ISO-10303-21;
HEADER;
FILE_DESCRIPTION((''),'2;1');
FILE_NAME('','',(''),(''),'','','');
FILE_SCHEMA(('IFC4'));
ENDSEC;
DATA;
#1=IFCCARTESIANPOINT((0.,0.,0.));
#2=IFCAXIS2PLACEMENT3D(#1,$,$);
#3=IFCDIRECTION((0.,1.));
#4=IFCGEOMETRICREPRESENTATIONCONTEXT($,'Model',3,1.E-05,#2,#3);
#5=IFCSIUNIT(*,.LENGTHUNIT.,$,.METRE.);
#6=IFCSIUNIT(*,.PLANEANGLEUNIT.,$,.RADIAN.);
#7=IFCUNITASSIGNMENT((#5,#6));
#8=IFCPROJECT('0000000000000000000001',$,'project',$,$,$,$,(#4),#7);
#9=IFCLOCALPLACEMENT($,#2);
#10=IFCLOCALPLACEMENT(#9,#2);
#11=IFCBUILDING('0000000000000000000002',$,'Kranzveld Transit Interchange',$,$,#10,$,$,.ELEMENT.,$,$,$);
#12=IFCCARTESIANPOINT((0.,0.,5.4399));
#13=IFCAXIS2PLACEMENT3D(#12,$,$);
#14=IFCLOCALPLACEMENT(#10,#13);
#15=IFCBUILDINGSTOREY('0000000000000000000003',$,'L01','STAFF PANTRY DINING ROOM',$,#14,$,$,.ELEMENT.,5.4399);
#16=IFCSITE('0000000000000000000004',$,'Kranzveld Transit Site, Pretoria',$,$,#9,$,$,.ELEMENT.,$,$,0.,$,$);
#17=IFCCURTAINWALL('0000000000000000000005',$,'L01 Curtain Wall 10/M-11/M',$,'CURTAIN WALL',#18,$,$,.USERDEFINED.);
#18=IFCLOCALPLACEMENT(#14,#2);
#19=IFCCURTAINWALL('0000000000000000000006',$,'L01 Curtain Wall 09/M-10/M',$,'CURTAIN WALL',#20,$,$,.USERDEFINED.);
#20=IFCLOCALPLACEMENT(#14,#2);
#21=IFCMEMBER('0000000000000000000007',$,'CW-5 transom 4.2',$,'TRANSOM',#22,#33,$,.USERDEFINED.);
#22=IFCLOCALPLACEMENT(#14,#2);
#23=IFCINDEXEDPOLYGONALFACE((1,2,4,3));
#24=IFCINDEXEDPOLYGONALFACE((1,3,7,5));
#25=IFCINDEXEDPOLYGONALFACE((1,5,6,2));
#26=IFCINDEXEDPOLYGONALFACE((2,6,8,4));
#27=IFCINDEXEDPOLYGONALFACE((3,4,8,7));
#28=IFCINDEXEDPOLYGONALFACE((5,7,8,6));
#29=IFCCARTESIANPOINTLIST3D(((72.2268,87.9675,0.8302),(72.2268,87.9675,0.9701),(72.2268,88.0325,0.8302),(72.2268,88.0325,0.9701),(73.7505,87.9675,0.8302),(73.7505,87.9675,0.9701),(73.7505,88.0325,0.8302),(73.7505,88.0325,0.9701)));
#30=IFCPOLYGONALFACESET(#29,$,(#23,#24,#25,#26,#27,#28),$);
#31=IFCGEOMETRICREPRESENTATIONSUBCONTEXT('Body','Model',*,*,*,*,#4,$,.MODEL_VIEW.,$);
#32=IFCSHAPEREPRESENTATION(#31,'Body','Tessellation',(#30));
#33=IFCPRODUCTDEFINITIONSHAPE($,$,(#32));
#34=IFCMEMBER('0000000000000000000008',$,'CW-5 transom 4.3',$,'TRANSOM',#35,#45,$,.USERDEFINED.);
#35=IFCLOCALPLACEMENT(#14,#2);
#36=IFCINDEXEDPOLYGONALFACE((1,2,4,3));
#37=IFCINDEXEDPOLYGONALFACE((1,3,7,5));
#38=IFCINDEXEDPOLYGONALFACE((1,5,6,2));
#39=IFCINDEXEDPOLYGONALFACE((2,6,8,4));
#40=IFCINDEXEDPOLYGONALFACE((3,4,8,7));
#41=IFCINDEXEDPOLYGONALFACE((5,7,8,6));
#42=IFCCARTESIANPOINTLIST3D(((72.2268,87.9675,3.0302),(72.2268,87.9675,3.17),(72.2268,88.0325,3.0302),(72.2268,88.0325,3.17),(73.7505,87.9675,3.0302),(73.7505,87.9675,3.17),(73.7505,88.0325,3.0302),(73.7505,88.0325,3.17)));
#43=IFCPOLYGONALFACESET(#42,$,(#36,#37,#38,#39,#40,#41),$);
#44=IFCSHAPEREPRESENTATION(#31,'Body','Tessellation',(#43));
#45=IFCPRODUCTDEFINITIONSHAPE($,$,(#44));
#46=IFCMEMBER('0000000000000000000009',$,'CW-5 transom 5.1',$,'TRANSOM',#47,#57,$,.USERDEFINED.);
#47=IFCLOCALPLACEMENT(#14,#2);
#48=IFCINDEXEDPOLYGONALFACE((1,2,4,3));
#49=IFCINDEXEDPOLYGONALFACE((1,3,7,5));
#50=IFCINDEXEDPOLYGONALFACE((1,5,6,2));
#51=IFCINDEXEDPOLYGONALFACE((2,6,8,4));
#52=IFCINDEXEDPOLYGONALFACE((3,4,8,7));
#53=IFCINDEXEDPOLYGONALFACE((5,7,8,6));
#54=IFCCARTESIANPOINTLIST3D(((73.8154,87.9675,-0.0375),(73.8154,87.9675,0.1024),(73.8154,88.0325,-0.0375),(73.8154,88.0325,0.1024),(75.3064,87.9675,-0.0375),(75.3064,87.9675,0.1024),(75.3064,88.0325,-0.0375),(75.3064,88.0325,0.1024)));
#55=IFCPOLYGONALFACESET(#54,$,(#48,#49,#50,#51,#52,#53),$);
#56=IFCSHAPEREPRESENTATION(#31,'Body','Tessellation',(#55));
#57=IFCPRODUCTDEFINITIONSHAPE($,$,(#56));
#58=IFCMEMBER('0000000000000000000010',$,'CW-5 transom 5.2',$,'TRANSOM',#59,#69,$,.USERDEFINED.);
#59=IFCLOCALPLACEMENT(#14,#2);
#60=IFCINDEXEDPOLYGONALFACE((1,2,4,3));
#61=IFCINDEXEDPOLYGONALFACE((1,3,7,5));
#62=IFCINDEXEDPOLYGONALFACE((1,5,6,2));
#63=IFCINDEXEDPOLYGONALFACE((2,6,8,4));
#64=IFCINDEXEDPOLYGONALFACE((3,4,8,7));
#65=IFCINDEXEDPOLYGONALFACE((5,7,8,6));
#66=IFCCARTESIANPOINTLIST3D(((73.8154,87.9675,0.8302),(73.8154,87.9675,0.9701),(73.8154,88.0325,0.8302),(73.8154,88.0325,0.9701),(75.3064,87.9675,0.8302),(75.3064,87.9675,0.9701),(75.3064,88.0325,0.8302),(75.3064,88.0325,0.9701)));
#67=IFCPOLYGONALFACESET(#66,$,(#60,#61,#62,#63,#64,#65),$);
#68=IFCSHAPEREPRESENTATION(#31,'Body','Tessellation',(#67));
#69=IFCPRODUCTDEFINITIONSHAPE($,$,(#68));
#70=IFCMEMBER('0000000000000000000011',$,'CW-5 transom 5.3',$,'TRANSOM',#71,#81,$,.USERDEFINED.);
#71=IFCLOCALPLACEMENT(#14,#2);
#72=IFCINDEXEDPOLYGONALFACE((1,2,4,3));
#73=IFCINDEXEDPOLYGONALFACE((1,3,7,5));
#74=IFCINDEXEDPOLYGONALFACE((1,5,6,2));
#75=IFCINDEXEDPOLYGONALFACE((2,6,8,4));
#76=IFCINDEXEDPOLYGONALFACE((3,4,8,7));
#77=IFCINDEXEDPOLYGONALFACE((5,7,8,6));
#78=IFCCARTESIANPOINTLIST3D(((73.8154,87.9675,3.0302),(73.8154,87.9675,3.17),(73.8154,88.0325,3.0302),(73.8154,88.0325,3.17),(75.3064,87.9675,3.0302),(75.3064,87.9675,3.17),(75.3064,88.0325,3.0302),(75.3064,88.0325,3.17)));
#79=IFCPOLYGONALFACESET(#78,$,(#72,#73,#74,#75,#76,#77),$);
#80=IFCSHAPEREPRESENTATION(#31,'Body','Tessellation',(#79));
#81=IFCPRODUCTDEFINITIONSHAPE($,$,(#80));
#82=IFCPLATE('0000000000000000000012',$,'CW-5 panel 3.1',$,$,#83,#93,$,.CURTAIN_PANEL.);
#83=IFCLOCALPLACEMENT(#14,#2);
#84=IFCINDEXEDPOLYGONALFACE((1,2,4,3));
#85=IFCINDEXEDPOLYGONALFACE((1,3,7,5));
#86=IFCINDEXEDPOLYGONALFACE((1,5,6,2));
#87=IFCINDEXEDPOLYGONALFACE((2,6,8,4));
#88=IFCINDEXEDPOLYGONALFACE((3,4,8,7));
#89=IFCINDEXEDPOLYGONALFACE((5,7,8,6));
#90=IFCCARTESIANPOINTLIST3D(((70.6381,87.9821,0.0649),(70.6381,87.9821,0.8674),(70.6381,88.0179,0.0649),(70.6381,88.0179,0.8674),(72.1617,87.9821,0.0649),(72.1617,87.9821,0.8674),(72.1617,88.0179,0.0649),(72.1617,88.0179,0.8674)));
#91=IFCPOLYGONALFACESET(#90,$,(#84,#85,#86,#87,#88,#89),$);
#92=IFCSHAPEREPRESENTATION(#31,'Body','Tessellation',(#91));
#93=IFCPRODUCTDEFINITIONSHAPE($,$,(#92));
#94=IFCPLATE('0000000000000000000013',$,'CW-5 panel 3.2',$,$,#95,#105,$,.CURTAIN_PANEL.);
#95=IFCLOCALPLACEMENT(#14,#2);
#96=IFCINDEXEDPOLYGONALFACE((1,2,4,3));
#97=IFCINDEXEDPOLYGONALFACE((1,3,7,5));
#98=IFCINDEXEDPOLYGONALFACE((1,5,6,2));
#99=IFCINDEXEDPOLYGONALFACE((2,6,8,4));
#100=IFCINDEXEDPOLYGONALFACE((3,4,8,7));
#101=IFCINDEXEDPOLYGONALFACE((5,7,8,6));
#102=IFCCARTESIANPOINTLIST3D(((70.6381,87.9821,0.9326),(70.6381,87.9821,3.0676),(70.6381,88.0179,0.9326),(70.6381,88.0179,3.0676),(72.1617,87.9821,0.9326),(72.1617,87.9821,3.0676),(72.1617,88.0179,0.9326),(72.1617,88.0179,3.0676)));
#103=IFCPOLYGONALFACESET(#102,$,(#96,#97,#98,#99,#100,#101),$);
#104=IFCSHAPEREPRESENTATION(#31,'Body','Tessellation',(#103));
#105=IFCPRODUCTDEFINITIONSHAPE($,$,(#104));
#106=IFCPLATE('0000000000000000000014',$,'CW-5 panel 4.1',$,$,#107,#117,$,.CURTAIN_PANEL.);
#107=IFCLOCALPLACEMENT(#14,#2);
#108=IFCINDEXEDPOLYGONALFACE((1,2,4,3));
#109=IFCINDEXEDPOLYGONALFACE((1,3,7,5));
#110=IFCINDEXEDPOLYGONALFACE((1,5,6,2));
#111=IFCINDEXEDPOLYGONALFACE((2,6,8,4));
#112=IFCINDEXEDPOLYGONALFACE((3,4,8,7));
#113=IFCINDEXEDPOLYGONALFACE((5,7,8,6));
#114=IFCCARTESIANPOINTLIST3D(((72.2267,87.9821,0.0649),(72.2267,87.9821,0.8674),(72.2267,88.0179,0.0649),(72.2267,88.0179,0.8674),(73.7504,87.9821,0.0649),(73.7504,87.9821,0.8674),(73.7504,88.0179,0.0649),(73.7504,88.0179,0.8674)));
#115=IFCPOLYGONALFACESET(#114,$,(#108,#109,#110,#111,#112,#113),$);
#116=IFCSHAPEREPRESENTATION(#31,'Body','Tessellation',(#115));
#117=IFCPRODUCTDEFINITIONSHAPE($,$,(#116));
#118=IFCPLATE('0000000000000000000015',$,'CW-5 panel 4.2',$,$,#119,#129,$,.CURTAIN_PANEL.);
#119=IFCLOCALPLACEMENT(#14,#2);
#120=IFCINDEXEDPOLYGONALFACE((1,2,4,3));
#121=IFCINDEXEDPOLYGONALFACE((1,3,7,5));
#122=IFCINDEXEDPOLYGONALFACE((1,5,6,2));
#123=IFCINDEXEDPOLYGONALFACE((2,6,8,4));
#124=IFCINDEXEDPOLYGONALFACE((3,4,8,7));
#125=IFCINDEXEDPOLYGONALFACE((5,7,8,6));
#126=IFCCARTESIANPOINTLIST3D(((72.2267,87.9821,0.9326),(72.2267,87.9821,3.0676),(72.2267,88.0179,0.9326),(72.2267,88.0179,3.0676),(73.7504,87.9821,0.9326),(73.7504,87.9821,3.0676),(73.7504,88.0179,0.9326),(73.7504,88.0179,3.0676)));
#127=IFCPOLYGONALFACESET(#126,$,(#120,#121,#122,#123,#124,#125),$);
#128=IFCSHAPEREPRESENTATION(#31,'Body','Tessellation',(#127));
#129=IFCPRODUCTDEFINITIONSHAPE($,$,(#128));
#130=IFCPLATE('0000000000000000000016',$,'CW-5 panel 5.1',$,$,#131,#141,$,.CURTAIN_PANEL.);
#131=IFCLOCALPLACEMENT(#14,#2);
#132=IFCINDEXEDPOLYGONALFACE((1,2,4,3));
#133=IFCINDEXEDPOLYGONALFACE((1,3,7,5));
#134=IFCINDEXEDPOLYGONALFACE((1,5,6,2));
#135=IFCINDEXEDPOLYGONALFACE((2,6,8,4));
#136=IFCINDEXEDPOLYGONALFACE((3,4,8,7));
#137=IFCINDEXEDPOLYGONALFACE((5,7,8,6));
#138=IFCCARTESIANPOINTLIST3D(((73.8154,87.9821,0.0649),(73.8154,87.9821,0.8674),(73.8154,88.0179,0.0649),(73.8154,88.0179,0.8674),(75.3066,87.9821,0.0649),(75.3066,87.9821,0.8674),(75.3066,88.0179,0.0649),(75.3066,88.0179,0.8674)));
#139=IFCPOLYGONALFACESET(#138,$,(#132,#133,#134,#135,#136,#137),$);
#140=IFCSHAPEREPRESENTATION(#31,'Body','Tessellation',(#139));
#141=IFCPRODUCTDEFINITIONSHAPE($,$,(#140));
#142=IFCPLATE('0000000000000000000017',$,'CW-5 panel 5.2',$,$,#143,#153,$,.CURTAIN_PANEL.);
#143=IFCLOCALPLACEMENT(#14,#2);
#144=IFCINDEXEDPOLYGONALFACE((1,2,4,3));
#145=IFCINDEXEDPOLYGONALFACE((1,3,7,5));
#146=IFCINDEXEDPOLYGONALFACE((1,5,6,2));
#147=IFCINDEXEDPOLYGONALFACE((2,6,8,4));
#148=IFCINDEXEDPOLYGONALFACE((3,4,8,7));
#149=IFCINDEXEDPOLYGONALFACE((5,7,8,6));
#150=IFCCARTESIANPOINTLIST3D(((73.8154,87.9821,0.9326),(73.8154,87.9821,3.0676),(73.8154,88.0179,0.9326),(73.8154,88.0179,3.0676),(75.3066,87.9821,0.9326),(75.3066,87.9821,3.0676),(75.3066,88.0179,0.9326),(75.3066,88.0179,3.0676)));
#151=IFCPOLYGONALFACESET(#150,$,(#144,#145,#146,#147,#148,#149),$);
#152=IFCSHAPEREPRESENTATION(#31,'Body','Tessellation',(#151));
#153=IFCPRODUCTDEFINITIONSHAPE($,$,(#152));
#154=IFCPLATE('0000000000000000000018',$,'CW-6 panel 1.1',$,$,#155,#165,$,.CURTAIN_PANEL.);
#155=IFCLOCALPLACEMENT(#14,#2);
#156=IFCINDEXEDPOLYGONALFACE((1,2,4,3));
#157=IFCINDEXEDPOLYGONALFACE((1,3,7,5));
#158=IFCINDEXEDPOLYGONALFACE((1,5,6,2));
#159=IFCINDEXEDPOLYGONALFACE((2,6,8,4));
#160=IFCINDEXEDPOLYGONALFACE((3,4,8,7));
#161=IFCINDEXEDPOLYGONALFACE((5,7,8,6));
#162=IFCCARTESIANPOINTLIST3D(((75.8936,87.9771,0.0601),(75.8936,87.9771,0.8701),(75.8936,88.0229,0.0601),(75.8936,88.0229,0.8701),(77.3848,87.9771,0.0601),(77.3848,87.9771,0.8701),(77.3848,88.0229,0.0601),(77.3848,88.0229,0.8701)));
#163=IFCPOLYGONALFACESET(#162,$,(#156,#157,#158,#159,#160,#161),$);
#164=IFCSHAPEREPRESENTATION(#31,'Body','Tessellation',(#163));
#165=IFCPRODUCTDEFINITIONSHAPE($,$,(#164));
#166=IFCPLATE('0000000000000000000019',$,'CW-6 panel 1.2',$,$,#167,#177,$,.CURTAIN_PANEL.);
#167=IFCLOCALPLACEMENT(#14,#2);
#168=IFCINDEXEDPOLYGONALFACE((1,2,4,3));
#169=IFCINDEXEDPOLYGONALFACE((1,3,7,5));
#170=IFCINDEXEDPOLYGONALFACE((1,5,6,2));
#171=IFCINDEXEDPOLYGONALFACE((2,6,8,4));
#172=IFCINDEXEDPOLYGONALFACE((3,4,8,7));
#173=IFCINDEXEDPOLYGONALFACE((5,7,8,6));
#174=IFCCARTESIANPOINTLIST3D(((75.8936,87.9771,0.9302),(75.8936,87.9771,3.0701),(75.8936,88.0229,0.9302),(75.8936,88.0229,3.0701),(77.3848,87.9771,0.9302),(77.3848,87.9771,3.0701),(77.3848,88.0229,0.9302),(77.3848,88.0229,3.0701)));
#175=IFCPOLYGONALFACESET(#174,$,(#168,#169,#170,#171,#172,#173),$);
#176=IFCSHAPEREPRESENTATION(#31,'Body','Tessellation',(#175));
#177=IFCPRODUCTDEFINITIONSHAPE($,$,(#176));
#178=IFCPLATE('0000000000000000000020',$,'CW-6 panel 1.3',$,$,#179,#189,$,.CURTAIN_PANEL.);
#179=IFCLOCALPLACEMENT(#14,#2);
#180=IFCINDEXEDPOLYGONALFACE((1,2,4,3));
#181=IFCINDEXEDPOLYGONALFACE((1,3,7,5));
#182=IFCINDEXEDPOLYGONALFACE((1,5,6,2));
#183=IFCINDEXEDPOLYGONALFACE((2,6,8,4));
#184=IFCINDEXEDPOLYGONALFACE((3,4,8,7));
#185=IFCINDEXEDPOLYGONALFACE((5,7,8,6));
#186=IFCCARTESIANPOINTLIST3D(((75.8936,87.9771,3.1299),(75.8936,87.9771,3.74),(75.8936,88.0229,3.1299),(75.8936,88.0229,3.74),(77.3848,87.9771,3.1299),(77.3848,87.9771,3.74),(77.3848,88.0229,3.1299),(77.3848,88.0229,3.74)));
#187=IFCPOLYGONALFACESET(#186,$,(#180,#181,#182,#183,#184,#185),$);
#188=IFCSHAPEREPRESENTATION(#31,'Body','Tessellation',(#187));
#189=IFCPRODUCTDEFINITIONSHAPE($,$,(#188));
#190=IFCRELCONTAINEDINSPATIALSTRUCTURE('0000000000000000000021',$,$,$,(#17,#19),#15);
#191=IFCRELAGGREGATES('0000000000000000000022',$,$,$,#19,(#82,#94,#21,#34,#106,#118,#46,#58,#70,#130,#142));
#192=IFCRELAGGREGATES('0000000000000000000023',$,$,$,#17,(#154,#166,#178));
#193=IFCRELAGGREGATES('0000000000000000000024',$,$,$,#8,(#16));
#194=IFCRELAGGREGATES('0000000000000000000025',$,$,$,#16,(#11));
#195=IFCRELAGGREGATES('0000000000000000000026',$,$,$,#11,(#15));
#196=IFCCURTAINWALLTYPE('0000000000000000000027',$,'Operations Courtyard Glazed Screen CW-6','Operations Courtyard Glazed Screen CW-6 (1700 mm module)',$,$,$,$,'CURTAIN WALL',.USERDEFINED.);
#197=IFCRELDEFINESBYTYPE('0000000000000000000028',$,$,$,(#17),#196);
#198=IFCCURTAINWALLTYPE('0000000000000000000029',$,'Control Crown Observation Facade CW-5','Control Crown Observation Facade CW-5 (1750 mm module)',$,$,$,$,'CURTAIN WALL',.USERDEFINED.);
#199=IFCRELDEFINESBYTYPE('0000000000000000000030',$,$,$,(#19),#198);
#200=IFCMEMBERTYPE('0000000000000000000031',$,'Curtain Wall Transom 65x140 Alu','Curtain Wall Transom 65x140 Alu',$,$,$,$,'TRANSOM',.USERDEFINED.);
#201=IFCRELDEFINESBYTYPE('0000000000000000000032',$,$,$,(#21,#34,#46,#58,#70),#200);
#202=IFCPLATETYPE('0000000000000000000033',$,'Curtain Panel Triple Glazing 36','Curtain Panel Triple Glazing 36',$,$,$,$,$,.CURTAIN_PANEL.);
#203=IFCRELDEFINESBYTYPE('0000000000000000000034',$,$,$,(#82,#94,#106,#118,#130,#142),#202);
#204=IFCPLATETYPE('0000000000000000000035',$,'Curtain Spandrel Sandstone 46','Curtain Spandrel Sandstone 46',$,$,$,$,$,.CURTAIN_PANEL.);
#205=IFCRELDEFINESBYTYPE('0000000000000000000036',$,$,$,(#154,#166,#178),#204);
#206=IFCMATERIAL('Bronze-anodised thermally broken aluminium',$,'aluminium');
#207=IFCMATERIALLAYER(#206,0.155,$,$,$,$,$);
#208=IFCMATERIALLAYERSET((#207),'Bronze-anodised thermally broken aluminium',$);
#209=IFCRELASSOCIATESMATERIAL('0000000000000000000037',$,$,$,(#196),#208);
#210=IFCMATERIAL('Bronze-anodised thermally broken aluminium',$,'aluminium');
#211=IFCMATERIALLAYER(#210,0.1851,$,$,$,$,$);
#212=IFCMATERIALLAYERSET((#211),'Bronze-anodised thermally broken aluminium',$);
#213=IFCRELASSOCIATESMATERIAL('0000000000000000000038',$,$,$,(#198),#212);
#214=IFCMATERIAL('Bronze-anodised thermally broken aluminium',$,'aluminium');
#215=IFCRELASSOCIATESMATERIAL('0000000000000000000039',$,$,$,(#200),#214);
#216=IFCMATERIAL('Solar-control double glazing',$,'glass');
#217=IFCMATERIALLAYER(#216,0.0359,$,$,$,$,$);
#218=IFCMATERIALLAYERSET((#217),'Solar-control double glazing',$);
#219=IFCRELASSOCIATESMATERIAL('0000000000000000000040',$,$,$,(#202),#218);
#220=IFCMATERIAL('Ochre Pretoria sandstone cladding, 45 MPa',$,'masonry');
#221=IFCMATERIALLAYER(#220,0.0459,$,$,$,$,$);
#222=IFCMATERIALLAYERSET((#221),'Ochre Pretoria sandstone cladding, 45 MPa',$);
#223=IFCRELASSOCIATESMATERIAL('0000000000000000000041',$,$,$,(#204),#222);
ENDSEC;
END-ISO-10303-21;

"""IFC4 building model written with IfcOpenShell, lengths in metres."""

from ifc_helpers import new_model, si_unit, direction, frame, origin, origin_2d, place, context, subcontext, project, spatial, rectangle, extrude, material, layer, layer_set, material_profile, profile_set, type_object, element, aggregate, save


model = new_model("IFC4")

# Units and contexts
model_context = context("Model", 3, precision=1e-05, world=origin(), true_north=direction((0.0, 1.0)))
body_context = subcontext(model_context, "Body", "Model", "MODEL_VIEW")
ifc_project = project(units=[si_unit("LENGTHUNIT", "METRE"), si_unit("PLANEANGLEUNIT", "RADIAN")], contexts=[model_context])

# Site, building, storey
site_placement = place(None, origin())
site = spatial("IfcSite", under=ifc_project, at=site_placement, Name="Kranzveld Transit Site, Pretoria", CompositionType="ELEMENT", RefElevation=0.0)
building_placement = place(site_placement, origin())
building = spatial("IfcBuilding", under=site, at=building_placement, Name="Kranzveld Transit Interchange", CompositionType="ELEMENT")
storey_placement = place(building_placement, frame((0.0, 0.0, 5.4399)))
storey = spatial("IfcBuildingStorey", under=building, at=storey_placement, Name="L01", Description="STAFF PANTRY DINING ROOM", CompositionType="ELEMENT", Elevation=5.4399)

# Curtain walls
ifc_material_1 = material(Name="Bronze-anodised thermally broken aluminium", Category="aluminium")
ifc_layer_1 = layer(ifc_material_1, 0.155)
ifc_layer_set_1 = layer_set([ifc_layer_1], Name="Bronze-anodised thermally broken aluminium")
curtain_wall_type_1 = type_object("IfcCurtainWallType", Name="Operations Courtyard Glazed Screen CW-6", Description="Operations Courtyard Glazed Screen CW-6 (1700 mm module)", ElementType="CURTAIN WALL", PredefinedType="USERDEFINED", material=ifc_layer_set_1)
curtain_wall_1_placement = place(storey_placement, origin())
curtain_wall_1 = element("IfcCurtainWall", 1, at=curtain_wall_1_placement, inside=storey, type_object=curtain_wall_type_1, Name="L01 Curtain Wall 10/M-11/M", ObjectType="CURTAIN WALL", PredefinedType="USERDEFINED")
ifc_material_2 = material(Name="Bronze-anodised thermally broken aluminium", Category="aluminium")
ifc_layer_2 = layer(ifc_material_2, 0.1851)
ifc_layer_set_2 = layer_set([ifc_layer_2], Name="Bronze-anodised thermally broken aluminium")
curtain_wall_type_2 = type_object("IfcCurtainWallType", Name="Control Crown Observation Facade CW-5", Description="Control Crown Observation Facade CW-5 (1750 mm module)", ElementType="CURTAIN WALL", PredefinedType="USERDEFINED", material=ifc_layer_set_2)
curtain_wall_2_placement = place(storey_placement, origin())
curtain_wall_2 = element("IfcCurtainWall", 2, at=curtain_wall_2_placement, inside=storey, type_object=curtain_wall_type_2, Name="L01 Curtain Wall 09/M-10/M", ObjectType="CURTAIN WALL", PredefinedType="USERDEFINED")

# Members
ifc_material_3 = material(Name="Bronze-anodised thermally broken aluminium", Category="aluminium")
ifc_material_profile_1 = material_profile(ifc_material_3, rectangle(XDim=0.0649, YDim=0.1399, at=origin_2d()), Name="ALU TRANSOM 65x140")
ifc_profile_set_1 = profile_set([ifc_material_profile_1], Name="Bronze-anodised thermally broken aluminium")
member_type_1 = type_object("IfcMemberType", Name="Curtain Wall Transom 65x140 Alu", Description="Curtain Wall Transom 65x140 Alu", ElementType="TRANSOM", PredefinedType="USERDEFINED", material=ifc_profile_set_1)
member_1_placement = place(storey_placement, frame((72.2268, 88.0, 0.9001), z_axis=(1.0, 0.0, 0.0), x_axis=(0.0, 1.0, 0.0)))
member_1 = element("IfcMember", 3, at=member_1_placement, type_object=member_type_1, Name="CW-5 transom 4.2", ObjectType="TRANSOM", PredefinedType="USERDEFINED", context=body_context, shape_type="SweptSolid", body=[
    extrude(rectangle(XDim=0.0649, YDim=0.1399, at=origin_2d()), origin(), (0.0, 0.0, 1.0), 1.5237),
])
member_2_placement = place(storey_placement, frame((72.2268, 88.0, 3.1001), z_axis=(1.0, 0.0, 0.0), x_axis=(0.0, 1.0, 0.0)))
member_2 = element("IfcMember", 4, at=member_2_placement, type_object=member_type_1, Name="CW-5 transom 4.3", ObjectType="TRANSOM", PredefinedType="USERDEFINED", context=body_context, shape_type="SweptSolid", body=[
    extrude(rectangle(XDim=0.0649, YDim=0.1399, at=origin_2d()), origin(), (0.0, 0.0, 1.0), 1.5237),
])
member_3_placement = place(storey_placement, frame((73.8154, 88.0, 0.0325), z_axis=(1.0, 0.0, 0.0), x_axis=(0.0, 1.0, 0.0)))
member_3 = element("IfcMember", 5, at=member_3_placement, type_object=member_type_1, Name="CW-5 transom 5.1", ObjectType="TRANSOM", PredefinedType="USERDEFINED", context=body_context, shape_type="SweptSolid", body=[
    extrude(rectangle(XDim=0.0649, YDim=0.1399, at=origin_2d()), origin(), (0.0, 0.0, 1.0), 1.491),
])
member_4_placement = place(storey_placement, frame((73.8154, 88.0, 0.9001), z_axis=(1.0, 0.0, 0.0), x_axis=(0.0, 1.0, 0.0)))
member_4 = element("IfcMember", 6, at=member_4_placement, type_object=member_type_1, Name="CW-5 transom 5.2", ObjectType="TRANSOM", PredefinedType="USERDEFINED", context=body_context, shape_type="SweptSolid", body=[
    extrude(rectangle(XDim=0.0649, YDim=0.1399, at=origin_2d()), origin(), (0.0, 0.0, 1.0), 1.491),
])
member_5_placement = place(storey_placement, frame((73.8154, 88.0, 3.1001), z_axis=(1.0, 0.0, 0.0), x_axis=(0.0, 1.0, 0.0)))
member_5 = element("IfcMember", 7, at=member_5_placement, type_object=member_type_1, Name="CW-5 transom 5.3", ObjectType="TRANSOM", PredefinedType="USERDEFINED", context=body_context, shape_type="SweptSolid", body=[
    extrude(rectangle(XDim=0.0649, YDim=0.1399, at=origin_2d()), origin(), (0.0, 0.0, 1.0), 1.491),
])

# Plates
ifc_material_4 = material(Name="Solar-control double glazing", Category="glass")
ifc_layer_3 = layer(ifc_material_4, 0.0359)
ifc_layer_set_3 = layer_set([ifc_layer_3], Name="Solar-control double glazing")
plate_type_1 = type_object("IfcPlateType", Name="Curtain Panel Triple Glazing 36", Description="Curtain Panel Triple Glazing 36", PredefinedType="CURTAIN_PANEL", material=ifc_layer_set_3)
plate_1_placement = place(storey_placement, frame((71.3999, 88.0, 0.0649), z_axis=(0.0, 0.0, 1.0), x_axis=(1.0, 0.0, 0.0)))
plate_1 = element("IfcPlate", 8, at=plate_1_placement, type_object=plate_type_1, Name="CW-5 panel 3.1", PredefinedType="CURTAIN_PANEL", context=body_context, shape_type="SweptSolid", body=[
    extrude(rectangle(XDim=1.5237, YDim=0.0359, at=origin_2d()), origin(), (0.0, 0.0, 1.0), 0.8025),
])
plate_2_placement = place(storey_placement, frame((71.3999, 88.0, 0.9326), z_axis=(0.0, 0.0, 1.0), x_axis=(1.0, 0.0, 0.0)))
plate_2 = element("IfcPlate", 9, at=plate_2_placement, type_object=plate_type_1, Name="CW-5 panel 3.2", PredefinedType="CURTAIN_PANEL", context=body_context, shape_type="SweptSolid", body=[
    extrude(rectangle(XDim=1.5237, YDim=0.0359, at=origin_2d()), origin(), (0.0, 0.0, 1.0), 2.135),
])
plate_3_placement = place(storey_placement, frame((72.9885, 88.0, 0.0649), z_axis=(0.0, 0.0, 1.0), x_axis=(1.0, 0.0, 0.0)))
plate_3 = element("IfcPlate", 10, at=plate_3_placement, type_object=plate_type_1, Name="CW-5 panel 4.1", PredefinedType="CURTAIN_PANEL", context=body_context, shape_type="SweptSolid", body=[
    extrude(rectangle(XDim=1.5237, YDim=0.0359, at=origin_2d()), origin(), (0.0, 0.0, 1.0), 0.8025),
])
plate_4_placement = place(storey_placement, frame((72.9885, 88.0, 0.9326), z_axis=(0.0, 0.0, 1.0), x_axis=(1.0, 0.0, 0.0)))
plate_4 = element("IfcPlate", 11, at=plate_4_placement, type_object=plate_type_1, Name="CW-5 panel 4.2", PredefinedType="CURTAIN_PANEL", context=body_context, shape_type="SweptSolid", body=[
    extrude(rectangle(XDim=1.5237, YDim=0.0359, at=origin_2d()), origin(), (0.0, 0.0, 1.0), 2.135),
])
plate_5_placement = place(storey_placement, frame((74.561, 88.0, 0.0649), z_axis=(0.0, 0.0, 1.0), x_axis=(1.0, 0.0, 0.0)))
plate_5 = element("IfcPlate", 12, at=plate_5_placement, type_object=plate_type_1, Name="CW-5 panel 5.1", PredefinedType="CURTAIN_PANEL", context=body_context, shape_type="SweptSolid", body=[
    extrude(rectangle(XDim=1.4912, YDim=0.0359, at=origin_2d()), origin(), (0.0, 0.0, 1.0), 0.8025),
])
plate_6_placement = place(storey_placement, frame((74.561, 88.0, 0.9326), z_axis=(0.0, 0.0, 1.0), x_axis=(1.0, 0.0, 0.0)))
plate_6 = element("IfcPlate", 13, at=plate_6_placement, type_object=plate_type_1, Name="CW-5 panel 5.2", PredefinedType="CURTAIN_PANEL", context=body_context, shape_type="SweptSolid", body=[
    extrude(rectangle(XDim=1.4912, YDim=0.0359, at=origin_2d()), origin(), (0.0, 0.0, 1.0), 2.135),
])
aggregate(curtain_wall_2, [plate_1, plate_2, member_1, member_2, plate_3, plate_4, member_3, member_4, member_5, plate_5, plate_6])
ifc_material_5 = material(Name="Ochre Pretoria sandstone cladding, 45 MPa", Category="masonry")
ifc_layer_4 = layer(ifc_material_5, 0.0459)
ifc_layer_set_4 = layer_set([ifc_layer_4], Name="Ochre Pretoria sandstone cladding, 45 MPa")
plate_type_2 = type_object("IfcPlateType", Name="Curtain Spandrel Sandstone 46", Description="Curtain Spandrel Sandstone 46", PredefinedType="CURTAIN_PANEL", material=ifc_layer_set_4)
plate_7_placement = place(storey_placement, frame((76.6392, 88.0, 0.0601), z_axis=(0.0, 0.0, 1.0), x_axis=(1.0, 0.0, 0.0)))
plate_7 = element("IfcPlate", 14, at=plate_7_placement, type_object=plate_type_2, Name="CW-6 panel 1.1", PredefinedType="CURTAIN_PANEL", context=body_context, shape_type="SweptSolid", body=[
    extrude(rectangle(XDim=1.4912, YDim=0.0459, at=origin_2d()), origin(), (0.0, 0.0, 1.0), 0.8101),
])
plate_8_placement = place(storey_placement, frame((76.6392, 88.0, 0.9302), z_axis=(0.0, 0.0, 1.0), x_axis=(1.0, 0.0, 0.0)))
plate_8 = element("IfcPlate", 15, at=plate_8_placement, type_object=plate_type_2, Name="CW-6 panel 1.2", PredefinedType="CURTAIN_PANEL", context=body_context, shape_type="SweptSolid", body=[
    extrude(rectangle(XDim=1.4912, YDim=0.0459, at=origin_2d()), origin(), (0.0, 0.0, 1.0), 2.1399),
])
plate_9_placement = place(storey_placement, frame((76.6392, 88.0, 3.1299), z_axis=(0.0, 0.0, 1.0), x_axis=(1.0, 0.0, 0.0)))
plate_9 = element("IfcPlate", 16, at=plate_9_placement, type_object=plate_type_2, Name="CW-6 panel 1.3", PredefinedType="CURTAIN_PANEL", context=body_context, shape_type="SweptSolid", body=[
    extrude(rectangle(XDim=1.4912, YDim=0.0459, at=origin_2d()), origin(), (0.0, 0.0, 1.0), 0.6101),
])
aggregate(curtain_wall_1, [plate_7, plate_8, plate_9])

save(model, "model.ifc")
